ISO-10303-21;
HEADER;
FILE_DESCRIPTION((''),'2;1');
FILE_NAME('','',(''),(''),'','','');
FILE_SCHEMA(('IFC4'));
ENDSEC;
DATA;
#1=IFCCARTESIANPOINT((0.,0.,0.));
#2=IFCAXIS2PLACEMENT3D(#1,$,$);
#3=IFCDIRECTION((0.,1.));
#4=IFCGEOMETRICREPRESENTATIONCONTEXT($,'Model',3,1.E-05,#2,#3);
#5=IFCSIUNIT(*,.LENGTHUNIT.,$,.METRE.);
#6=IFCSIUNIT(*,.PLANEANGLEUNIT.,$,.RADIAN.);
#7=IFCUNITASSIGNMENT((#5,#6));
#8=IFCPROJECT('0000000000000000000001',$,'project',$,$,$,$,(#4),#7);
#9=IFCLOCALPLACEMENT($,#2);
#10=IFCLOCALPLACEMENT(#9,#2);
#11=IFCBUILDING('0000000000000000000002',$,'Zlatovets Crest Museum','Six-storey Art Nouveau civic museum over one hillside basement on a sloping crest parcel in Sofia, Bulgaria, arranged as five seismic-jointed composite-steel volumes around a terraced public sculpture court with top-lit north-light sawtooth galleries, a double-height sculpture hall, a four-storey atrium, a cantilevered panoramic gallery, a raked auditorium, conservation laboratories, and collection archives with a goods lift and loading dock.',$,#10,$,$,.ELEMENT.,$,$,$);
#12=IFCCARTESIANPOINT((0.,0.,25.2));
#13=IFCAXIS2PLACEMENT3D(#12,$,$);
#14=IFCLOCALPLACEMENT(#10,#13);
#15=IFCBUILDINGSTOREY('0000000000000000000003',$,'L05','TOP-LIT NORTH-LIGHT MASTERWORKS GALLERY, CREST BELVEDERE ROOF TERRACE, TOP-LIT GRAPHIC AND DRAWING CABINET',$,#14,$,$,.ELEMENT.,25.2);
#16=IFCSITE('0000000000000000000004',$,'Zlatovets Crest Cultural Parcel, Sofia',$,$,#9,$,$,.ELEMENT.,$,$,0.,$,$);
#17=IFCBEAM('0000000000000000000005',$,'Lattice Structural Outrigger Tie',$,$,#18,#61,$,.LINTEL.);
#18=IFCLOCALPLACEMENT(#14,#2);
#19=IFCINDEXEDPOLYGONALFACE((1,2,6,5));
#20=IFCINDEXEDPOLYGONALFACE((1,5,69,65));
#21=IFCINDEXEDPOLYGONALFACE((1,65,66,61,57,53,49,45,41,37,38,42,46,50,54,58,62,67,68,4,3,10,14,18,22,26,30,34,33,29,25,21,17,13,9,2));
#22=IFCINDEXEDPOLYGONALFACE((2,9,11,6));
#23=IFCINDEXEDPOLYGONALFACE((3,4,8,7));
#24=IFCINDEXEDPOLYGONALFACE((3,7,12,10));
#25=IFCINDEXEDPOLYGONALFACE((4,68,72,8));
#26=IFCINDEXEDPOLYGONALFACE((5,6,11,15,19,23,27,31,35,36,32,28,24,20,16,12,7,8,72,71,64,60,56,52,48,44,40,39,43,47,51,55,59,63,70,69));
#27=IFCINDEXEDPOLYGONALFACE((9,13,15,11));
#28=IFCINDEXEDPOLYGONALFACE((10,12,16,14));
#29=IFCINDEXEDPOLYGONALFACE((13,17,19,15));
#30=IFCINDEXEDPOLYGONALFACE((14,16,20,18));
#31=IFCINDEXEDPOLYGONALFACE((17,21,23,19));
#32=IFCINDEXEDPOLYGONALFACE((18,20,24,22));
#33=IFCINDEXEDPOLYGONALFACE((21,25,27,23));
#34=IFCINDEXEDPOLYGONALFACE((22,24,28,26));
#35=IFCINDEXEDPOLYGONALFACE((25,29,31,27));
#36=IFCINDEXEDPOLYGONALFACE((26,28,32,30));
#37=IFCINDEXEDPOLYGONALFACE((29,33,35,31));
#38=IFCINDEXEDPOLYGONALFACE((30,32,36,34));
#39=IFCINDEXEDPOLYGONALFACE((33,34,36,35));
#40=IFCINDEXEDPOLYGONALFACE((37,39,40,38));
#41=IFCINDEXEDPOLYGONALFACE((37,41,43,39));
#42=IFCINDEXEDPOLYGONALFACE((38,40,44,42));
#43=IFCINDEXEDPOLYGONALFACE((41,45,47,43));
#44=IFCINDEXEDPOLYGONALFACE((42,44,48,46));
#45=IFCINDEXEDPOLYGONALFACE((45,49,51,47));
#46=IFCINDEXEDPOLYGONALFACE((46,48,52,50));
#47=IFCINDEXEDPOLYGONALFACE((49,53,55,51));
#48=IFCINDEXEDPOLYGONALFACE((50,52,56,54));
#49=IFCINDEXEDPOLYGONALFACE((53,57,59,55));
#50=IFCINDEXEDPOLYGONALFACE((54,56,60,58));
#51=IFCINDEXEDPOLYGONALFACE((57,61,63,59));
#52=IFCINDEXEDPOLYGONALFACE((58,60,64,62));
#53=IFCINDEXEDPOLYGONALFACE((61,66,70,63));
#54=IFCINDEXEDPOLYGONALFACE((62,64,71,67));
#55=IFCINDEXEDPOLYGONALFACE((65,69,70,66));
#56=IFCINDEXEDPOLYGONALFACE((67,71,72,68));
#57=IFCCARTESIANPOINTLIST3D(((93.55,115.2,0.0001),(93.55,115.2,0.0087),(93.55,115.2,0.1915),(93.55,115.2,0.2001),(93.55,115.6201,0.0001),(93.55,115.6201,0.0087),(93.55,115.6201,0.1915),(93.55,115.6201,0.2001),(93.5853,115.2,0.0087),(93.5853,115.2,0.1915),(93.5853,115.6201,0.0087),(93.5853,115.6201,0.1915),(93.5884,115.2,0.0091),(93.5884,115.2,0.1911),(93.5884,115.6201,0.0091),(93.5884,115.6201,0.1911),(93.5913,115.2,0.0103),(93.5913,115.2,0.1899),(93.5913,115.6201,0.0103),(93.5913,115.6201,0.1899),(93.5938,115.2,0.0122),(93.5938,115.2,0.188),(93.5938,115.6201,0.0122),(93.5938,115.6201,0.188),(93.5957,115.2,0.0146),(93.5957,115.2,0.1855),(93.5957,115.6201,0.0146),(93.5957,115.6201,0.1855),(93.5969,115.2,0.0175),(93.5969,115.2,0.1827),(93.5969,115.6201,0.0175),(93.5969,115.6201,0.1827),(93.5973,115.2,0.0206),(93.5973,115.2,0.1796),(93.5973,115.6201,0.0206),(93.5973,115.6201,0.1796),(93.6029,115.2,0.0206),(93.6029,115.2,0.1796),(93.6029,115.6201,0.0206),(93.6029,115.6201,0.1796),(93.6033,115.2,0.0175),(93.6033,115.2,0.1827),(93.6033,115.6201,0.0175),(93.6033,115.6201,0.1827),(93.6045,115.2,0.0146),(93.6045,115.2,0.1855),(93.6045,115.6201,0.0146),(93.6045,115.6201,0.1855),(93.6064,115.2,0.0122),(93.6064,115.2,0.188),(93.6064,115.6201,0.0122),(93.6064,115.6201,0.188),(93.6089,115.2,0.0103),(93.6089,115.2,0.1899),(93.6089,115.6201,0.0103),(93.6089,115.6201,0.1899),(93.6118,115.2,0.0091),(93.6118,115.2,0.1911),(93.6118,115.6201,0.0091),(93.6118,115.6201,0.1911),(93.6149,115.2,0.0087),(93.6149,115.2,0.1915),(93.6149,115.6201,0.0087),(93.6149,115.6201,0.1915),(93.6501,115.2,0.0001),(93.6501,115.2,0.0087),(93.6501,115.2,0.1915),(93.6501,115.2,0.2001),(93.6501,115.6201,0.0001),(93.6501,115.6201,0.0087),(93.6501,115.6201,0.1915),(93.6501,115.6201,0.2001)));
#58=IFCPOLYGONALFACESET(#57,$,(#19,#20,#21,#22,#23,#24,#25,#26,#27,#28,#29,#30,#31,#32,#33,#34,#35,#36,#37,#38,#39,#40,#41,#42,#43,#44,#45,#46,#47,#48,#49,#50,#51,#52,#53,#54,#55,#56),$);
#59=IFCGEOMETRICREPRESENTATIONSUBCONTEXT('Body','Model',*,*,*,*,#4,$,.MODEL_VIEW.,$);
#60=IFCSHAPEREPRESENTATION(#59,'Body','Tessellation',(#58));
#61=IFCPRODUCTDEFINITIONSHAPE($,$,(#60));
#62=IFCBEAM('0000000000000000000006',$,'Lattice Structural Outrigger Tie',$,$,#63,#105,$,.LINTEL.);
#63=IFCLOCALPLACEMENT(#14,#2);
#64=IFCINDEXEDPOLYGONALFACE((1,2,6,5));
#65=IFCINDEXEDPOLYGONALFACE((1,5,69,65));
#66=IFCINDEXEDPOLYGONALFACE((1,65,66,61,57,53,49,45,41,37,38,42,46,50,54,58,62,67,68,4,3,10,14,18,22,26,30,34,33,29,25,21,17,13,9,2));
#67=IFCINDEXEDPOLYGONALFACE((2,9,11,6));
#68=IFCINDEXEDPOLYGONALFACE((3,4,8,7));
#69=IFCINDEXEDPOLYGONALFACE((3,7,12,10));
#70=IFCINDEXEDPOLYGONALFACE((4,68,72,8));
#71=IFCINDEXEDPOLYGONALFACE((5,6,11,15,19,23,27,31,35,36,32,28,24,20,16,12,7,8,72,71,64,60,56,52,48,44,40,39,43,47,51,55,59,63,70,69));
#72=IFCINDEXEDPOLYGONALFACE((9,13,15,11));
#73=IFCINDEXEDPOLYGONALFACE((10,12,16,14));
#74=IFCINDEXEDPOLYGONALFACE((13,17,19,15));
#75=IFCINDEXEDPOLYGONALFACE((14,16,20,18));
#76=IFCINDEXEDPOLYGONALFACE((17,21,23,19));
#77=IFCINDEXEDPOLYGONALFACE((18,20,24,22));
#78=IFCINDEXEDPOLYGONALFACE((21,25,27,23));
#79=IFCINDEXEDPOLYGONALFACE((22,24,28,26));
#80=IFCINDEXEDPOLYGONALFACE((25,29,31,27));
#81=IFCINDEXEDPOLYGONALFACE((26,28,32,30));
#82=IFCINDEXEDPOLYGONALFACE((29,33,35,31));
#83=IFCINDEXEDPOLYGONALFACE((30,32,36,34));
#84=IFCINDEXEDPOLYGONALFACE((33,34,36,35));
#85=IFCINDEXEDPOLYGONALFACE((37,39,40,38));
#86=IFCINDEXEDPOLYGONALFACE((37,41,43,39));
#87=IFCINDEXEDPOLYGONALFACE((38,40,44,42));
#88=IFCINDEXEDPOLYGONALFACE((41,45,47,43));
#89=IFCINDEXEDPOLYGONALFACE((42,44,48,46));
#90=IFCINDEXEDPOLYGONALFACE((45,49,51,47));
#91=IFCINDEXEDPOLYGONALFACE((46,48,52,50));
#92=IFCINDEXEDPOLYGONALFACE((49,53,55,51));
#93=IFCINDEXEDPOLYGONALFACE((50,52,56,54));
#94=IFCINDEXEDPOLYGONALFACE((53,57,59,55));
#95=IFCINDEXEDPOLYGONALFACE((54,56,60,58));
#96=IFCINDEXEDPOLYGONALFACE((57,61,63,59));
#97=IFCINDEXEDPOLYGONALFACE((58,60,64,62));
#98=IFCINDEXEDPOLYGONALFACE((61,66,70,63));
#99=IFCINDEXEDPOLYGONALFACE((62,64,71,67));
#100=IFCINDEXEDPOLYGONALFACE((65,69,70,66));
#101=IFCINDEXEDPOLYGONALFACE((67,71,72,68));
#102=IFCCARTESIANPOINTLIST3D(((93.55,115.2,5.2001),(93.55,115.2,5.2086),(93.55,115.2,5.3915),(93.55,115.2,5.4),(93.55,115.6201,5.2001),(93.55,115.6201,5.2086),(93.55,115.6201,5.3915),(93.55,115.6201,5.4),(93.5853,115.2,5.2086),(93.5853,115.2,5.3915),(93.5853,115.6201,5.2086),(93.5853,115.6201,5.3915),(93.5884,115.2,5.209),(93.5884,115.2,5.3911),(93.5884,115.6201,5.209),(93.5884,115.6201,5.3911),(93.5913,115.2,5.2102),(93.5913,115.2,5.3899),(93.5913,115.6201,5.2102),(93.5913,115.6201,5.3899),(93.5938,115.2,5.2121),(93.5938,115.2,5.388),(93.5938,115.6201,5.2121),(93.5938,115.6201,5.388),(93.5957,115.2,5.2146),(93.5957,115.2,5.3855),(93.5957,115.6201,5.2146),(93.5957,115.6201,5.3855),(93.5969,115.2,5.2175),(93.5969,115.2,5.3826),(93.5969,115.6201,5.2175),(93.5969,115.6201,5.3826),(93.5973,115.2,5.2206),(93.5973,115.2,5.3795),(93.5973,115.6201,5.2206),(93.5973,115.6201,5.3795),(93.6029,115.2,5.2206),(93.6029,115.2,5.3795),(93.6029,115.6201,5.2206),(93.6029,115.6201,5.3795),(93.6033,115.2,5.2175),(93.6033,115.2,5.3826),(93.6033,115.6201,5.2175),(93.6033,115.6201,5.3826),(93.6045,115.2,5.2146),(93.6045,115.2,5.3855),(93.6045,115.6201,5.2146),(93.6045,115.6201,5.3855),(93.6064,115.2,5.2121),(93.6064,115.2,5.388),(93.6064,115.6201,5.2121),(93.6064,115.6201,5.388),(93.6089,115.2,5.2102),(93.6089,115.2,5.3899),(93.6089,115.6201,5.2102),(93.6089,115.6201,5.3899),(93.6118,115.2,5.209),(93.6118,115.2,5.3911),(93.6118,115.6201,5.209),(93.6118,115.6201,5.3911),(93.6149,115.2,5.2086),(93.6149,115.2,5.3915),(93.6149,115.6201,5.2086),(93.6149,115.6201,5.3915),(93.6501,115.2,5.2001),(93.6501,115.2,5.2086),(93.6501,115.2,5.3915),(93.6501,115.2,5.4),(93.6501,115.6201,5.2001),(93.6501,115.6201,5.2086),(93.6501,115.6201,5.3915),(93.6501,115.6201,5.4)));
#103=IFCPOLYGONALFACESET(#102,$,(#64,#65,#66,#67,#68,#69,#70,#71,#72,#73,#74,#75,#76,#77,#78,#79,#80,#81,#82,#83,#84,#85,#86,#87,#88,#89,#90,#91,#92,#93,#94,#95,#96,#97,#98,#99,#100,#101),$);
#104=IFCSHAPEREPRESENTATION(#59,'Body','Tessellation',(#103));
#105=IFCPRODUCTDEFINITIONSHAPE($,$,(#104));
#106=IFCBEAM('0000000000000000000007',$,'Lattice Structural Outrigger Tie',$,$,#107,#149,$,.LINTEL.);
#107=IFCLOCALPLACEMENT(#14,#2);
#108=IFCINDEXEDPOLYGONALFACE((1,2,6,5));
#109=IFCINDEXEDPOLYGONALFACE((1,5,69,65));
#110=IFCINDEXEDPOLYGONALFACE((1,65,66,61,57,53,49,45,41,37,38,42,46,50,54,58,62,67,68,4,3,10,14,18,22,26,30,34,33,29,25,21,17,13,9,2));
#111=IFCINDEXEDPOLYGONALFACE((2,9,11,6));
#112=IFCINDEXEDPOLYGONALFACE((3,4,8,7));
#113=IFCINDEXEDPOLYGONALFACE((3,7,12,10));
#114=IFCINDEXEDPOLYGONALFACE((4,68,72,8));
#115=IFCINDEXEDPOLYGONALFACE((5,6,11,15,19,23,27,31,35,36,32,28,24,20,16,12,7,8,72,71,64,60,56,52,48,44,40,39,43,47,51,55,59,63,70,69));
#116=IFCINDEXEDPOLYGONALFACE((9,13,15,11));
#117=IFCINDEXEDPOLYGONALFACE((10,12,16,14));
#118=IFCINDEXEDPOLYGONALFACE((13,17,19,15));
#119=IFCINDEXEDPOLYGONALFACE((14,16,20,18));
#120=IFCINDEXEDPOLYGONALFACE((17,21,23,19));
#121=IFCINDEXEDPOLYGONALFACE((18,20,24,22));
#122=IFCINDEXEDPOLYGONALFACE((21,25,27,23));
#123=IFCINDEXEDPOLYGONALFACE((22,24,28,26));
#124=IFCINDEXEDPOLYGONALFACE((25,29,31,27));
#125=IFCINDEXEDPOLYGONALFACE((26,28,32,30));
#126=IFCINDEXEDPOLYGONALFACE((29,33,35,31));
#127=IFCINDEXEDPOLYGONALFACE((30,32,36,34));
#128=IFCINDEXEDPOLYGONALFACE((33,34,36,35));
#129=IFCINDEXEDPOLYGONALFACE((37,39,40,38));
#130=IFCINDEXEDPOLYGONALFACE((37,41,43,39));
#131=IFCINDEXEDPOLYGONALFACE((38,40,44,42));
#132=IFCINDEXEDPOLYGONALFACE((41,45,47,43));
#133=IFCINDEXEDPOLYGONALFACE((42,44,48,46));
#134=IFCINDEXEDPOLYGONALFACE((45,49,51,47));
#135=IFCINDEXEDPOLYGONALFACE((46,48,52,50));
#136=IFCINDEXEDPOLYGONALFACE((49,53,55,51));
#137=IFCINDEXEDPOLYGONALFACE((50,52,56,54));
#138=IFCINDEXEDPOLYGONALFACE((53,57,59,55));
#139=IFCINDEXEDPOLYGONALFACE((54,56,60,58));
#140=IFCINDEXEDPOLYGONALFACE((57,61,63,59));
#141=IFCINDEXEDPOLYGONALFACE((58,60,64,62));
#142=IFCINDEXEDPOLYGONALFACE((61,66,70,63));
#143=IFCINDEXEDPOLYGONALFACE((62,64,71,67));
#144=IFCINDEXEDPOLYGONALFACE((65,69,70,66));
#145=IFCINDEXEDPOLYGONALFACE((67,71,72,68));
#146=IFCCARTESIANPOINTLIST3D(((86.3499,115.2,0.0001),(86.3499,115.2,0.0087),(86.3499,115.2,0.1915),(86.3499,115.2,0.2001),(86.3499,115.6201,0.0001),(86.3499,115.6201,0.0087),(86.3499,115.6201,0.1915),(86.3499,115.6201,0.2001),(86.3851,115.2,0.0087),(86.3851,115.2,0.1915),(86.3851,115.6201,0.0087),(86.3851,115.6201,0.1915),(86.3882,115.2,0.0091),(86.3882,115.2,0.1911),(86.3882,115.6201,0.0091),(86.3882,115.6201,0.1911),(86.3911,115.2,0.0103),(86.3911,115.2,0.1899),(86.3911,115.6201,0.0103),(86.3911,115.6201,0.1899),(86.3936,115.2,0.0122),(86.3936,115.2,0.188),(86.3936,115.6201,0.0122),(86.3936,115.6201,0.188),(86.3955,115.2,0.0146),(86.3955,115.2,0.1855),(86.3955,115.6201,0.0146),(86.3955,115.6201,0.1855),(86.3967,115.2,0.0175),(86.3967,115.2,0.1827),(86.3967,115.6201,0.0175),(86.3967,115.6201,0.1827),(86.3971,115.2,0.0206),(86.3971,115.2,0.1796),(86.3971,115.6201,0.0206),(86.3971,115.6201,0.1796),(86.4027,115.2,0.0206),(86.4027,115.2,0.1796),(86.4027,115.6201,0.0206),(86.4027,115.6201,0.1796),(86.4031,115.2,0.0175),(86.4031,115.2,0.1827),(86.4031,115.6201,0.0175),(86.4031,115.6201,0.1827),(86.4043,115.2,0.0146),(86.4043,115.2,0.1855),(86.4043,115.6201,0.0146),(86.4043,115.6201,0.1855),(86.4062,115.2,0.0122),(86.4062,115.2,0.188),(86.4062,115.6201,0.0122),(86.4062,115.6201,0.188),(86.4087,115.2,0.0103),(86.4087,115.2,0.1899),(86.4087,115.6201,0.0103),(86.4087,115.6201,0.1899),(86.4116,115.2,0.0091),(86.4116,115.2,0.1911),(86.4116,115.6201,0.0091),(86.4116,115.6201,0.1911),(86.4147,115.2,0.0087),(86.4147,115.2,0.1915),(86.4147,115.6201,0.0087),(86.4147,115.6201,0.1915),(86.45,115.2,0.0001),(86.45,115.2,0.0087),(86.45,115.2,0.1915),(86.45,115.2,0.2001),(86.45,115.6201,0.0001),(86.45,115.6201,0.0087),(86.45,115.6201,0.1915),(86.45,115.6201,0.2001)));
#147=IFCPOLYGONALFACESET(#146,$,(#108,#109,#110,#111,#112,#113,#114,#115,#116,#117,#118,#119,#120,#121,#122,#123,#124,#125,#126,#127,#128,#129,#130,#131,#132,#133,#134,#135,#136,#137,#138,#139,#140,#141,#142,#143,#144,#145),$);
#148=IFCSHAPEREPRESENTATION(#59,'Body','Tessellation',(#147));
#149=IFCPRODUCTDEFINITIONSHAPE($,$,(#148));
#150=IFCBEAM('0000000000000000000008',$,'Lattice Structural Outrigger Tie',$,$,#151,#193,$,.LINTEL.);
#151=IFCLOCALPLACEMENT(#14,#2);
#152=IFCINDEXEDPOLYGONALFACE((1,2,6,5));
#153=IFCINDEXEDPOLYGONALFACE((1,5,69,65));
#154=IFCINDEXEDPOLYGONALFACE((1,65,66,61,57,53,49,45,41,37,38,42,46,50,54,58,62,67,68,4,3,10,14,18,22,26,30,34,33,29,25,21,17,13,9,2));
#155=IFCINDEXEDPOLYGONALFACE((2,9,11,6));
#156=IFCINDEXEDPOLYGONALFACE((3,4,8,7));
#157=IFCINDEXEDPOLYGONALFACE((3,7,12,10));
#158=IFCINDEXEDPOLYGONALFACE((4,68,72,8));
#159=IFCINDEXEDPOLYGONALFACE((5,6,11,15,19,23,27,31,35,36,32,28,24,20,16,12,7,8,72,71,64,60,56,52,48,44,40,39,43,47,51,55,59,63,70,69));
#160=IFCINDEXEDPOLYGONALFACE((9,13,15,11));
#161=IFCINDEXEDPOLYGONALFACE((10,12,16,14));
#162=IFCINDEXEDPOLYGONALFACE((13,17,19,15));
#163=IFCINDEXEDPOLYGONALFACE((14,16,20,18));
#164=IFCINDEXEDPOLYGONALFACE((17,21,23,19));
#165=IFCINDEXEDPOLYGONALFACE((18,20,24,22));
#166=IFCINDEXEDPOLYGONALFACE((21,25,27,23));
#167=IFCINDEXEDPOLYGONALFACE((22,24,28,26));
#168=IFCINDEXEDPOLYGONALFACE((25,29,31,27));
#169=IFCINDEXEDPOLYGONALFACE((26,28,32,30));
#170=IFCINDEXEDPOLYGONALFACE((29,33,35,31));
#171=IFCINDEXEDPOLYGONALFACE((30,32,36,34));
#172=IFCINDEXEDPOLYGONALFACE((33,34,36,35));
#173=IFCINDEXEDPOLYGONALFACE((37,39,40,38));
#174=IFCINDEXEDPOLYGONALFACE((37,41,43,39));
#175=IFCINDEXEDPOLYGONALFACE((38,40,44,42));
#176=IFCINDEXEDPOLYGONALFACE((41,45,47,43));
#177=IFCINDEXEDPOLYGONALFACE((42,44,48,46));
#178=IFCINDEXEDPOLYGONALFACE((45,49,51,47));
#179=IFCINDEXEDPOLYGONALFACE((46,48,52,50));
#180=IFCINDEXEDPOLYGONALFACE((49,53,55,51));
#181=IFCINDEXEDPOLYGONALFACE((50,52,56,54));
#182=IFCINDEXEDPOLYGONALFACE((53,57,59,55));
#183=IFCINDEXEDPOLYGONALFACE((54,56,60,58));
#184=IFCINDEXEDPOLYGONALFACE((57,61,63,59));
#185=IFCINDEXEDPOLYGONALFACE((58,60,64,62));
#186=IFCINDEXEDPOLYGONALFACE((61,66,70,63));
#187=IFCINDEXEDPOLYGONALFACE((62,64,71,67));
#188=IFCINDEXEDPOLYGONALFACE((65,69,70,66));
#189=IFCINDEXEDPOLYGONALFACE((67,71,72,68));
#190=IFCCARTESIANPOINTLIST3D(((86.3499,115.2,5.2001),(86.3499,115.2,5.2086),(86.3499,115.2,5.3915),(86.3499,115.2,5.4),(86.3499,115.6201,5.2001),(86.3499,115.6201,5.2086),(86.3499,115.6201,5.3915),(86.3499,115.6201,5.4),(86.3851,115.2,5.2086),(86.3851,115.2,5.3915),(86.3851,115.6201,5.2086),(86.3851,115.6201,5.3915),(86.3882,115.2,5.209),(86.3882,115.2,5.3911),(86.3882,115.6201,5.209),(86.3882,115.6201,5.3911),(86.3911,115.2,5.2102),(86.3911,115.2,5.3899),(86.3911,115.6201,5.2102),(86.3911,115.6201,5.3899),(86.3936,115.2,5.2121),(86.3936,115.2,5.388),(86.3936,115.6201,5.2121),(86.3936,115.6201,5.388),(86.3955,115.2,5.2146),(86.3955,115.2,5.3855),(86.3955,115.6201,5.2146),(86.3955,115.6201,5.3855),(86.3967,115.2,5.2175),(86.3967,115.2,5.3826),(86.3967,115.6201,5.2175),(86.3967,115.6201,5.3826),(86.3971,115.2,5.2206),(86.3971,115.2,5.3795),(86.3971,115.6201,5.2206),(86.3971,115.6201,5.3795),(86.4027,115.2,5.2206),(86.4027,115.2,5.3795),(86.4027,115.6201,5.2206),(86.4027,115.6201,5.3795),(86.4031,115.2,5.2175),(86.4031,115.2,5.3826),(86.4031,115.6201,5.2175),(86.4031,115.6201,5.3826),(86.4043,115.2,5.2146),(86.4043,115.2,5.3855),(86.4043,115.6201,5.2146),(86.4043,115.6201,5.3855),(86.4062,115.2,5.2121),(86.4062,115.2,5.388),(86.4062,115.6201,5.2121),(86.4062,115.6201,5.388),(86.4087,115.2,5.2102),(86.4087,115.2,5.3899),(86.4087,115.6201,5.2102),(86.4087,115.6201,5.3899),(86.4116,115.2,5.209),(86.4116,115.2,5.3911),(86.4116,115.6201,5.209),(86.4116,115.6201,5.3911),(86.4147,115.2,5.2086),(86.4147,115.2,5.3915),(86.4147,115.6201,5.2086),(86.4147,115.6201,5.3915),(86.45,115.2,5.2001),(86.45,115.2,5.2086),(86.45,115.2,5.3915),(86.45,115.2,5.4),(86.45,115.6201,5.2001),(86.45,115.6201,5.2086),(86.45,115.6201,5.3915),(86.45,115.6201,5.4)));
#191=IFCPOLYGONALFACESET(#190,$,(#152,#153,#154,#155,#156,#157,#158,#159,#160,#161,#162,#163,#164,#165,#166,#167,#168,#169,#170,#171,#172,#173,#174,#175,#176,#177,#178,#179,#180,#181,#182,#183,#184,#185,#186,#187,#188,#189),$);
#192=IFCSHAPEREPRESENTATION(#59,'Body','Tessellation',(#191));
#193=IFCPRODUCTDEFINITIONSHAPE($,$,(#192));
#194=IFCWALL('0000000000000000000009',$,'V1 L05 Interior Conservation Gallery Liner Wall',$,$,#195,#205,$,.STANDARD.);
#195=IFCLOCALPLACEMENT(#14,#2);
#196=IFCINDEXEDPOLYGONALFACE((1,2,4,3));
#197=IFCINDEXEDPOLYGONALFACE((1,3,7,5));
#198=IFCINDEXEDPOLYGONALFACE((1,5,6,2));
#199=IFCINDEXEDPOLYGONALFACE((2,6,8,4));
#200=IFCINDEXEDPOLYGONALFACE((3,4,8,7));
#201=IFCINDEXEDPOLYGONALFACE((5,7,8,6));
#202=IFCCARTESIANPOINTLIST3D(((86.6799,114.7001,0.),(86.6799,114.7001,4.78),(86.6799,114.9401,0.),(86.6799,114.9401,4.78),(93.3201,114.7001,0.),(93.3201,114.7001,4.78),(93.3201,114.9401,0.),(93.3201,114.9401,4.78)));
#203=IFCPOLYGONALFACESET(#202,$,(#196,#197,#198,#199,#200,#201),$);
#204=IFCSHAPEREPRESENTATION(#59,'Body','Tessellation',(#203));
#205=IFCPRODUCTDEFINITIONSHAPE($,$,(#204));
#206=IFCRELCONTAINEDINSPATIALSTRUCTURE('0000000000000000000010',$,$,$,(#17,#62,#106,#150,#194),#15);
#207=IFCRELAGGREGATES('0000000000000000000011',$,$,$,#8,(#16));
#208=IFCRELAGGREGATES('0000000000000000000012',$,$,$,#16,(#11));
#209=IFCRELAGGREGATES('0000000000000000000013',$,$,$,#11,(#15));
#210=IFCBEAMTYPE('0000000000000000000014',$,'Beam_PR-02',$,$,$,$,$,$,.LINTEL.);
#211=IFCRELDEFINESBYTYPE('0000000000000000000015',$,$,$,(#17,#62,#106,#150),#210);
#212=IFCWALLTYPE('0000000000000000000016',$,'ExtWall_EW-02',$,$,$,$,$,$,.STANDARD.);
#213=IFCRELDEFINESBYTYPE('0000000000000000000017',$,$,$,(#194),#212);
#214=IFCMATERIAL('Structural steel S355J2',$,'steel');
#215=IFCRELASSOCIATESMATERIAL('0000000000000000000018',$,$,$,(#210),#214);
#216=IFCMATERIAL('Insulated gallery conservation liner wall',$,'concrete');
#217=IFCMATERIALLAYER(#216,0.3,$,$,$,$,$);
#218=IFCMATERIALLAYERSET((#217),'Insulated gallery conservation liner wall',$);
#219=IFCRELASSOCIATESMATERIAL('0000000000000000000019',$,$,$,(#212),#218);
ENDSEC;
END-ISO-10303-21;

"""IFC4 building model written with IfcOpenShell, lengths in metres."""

from ifc_helpers import new_model, si_unit, direction, frame, frame_2d, origin, origin_2d, place, context, subcontext, project, spatial, rectangle, i_section, extrude, material, layer, layer_set, material_profile, profile_set, type_object, element, save


model = new_model("IFC4")

# Units and contexts
model_context = context("Model", 3, precision=1e-05, world=origin(), true_north=direction((0.0, 1.0)))
body_context = subcontext(model_context, "Body", "Model", "MODEL_VIEW")
ifc_project = project(units=[si_unit("LENGTHUNIT", "METRE"), si_unit("PLANEANGLEUNIT", "RADIAN")], contexts=[model_context])

# Site, building, storey
site_placement = place(None, origin())
site = spatial("IfcSite", under=ifc_project, at=site_placement, Name="Zlatovets Crest Cultural Parcel, Sofia", CompositionType="ELEMENT", RefElevation=0.0)
building_placement = place(site_placement, origin())
building = spatial("IfcBuilding", under=site, at=building_placement, Name="Zlatovets Crest Museum", Description="Six-storey Art Nouveau civic museum over one hillside basement on a sloping crest parcel in Sofia, Bulgaria, arranged as five seismic-jointed composite-steel volumes around a terraced public sculpture court with top-lit north-light sawtooth galleries, a double-height sculpture hall, a four-storey atrium, a cantilevered panoramic gallery, a raked auditorium, conservation laboratories, and collection archives with a goods lift and loading dock.", CompositionType="ELEMENT")
storey_placement = place(building_placement, frame((0.0, 0.0, 25.2)))
storey = spatial("IfcBuildingStorey", under=building, at=storey_placement, Name="L05", Description="TOP-LIT NORTH-LIGHT MASTERWORKS GALLERY, CREST BELVEDERE ROOF TERRACE, TOP-LIT GRAPHIC AND DRAWING CABINET", CompositionType="ELEMENT", Elevation=25.2)

# Shared definitions
ifc_material_1 = material(Name="Structural steel S355J2", Category="steel")

# Beams
ifc_material_profile_1 = material_profile(ifc_material_1, i_section(OverallWidth=0.1001, OverallDepth=0.2, WebThickness=0.0056, FlangeThickness=0.0085, FilletRadius=0.012, at=origin_2d()), Name="IPE 200")
ifc_profile_set_1 = profile_set([ifc_material_profile_1], Name="Structural steel S355J2")
beam_type_1 = type_object("IfcBeamType", Name="Beam_PR-02", PredefinedType="LINTEL", material=ifc_profile_set_1)
for number, where, z_axis, x_axis, name in (
    (1, (93.6001, 115.2, 0.1001), (0.0, 1.0, 0.0), (-1.0, 0.0, 0.0), "Lattice Structural Outrigger Tie"),
    (2, (93.6001, 115.2, 5.3), (0.0, 1.0, 0.0), (-1.0, 0.0, 0.0), "Lattice Structural Outrigger Tie"),
    (3, (86.3999, 115.2, 0.1001), (0.0, 1.0, 0.0), (-1.0, 0.0, 0.0), "Lattice Structural Outrigger Tie"),
    (4, (86.3999, 115.2, 5.3), (0.0, 1.0, 0.0), (-1.0, 0.0, 0.0), "Lattice Structural Outrigger Tie"),
):
    element("IfcBeam", number, at=place(storey_placement, frame(where, z_axis=z_axis, x_axis=x_axis)), inside=storey, type_object=beam_type_1, Name=name, PredefinedType="LINTEL", context=body_context, shape_type="SweptSolid", body=[
        extrude(i_section(OverallWidth=0.1001, OverallDepth=0.2, WebThickness=0.0056, FlangeThickness=0.0085, FilletRadius=0.012, at=origin_2d()), origin(), (0.0, 0.0, 1.0), 0.4202),
    ])

# Wall
ifc_material_2 = material(Name="Insulated gallery conservation liner wall", Category="concrete")
ifc_layer_1 = layer(ifc_material_2, 0.3)
ifc_layer_set_1 = layer_set([ifc_layer_1], Name="Insulated gallery conservation liner wall")
wall_type_1 = type_object("IfcWallType", Name="ExtWall_EW-02", PredefinedType="STANDARD", material=ifc_layer_set_1)
for number, where, z_axis, x_axis, name in (
    (5, (93.3201, 114.8201, 0.0), (0.0, 0.0, 1.0), (-1.0, 0.0, 0.0), "V1 L05 Interior Conservation Gallery Liner Wall"),
):
    element("IfcWall", number, at=place(storey_placement, frame(where, z_axis=z_axis, x_axis=x_axis)), inside=storey, type_object=wall_type_1, Name=name, PredefinedType="STANDARD", context=body_context, shape_type="SweptSolid", body=[
        extrude(rectangle(XDim=6.6401, YDim=0.24, at=frame_2d((3.3201, 0.0))), origin(), (0.0, 0.0, 1.0), 4.78),
    ])

save(model, "model.ifc")
